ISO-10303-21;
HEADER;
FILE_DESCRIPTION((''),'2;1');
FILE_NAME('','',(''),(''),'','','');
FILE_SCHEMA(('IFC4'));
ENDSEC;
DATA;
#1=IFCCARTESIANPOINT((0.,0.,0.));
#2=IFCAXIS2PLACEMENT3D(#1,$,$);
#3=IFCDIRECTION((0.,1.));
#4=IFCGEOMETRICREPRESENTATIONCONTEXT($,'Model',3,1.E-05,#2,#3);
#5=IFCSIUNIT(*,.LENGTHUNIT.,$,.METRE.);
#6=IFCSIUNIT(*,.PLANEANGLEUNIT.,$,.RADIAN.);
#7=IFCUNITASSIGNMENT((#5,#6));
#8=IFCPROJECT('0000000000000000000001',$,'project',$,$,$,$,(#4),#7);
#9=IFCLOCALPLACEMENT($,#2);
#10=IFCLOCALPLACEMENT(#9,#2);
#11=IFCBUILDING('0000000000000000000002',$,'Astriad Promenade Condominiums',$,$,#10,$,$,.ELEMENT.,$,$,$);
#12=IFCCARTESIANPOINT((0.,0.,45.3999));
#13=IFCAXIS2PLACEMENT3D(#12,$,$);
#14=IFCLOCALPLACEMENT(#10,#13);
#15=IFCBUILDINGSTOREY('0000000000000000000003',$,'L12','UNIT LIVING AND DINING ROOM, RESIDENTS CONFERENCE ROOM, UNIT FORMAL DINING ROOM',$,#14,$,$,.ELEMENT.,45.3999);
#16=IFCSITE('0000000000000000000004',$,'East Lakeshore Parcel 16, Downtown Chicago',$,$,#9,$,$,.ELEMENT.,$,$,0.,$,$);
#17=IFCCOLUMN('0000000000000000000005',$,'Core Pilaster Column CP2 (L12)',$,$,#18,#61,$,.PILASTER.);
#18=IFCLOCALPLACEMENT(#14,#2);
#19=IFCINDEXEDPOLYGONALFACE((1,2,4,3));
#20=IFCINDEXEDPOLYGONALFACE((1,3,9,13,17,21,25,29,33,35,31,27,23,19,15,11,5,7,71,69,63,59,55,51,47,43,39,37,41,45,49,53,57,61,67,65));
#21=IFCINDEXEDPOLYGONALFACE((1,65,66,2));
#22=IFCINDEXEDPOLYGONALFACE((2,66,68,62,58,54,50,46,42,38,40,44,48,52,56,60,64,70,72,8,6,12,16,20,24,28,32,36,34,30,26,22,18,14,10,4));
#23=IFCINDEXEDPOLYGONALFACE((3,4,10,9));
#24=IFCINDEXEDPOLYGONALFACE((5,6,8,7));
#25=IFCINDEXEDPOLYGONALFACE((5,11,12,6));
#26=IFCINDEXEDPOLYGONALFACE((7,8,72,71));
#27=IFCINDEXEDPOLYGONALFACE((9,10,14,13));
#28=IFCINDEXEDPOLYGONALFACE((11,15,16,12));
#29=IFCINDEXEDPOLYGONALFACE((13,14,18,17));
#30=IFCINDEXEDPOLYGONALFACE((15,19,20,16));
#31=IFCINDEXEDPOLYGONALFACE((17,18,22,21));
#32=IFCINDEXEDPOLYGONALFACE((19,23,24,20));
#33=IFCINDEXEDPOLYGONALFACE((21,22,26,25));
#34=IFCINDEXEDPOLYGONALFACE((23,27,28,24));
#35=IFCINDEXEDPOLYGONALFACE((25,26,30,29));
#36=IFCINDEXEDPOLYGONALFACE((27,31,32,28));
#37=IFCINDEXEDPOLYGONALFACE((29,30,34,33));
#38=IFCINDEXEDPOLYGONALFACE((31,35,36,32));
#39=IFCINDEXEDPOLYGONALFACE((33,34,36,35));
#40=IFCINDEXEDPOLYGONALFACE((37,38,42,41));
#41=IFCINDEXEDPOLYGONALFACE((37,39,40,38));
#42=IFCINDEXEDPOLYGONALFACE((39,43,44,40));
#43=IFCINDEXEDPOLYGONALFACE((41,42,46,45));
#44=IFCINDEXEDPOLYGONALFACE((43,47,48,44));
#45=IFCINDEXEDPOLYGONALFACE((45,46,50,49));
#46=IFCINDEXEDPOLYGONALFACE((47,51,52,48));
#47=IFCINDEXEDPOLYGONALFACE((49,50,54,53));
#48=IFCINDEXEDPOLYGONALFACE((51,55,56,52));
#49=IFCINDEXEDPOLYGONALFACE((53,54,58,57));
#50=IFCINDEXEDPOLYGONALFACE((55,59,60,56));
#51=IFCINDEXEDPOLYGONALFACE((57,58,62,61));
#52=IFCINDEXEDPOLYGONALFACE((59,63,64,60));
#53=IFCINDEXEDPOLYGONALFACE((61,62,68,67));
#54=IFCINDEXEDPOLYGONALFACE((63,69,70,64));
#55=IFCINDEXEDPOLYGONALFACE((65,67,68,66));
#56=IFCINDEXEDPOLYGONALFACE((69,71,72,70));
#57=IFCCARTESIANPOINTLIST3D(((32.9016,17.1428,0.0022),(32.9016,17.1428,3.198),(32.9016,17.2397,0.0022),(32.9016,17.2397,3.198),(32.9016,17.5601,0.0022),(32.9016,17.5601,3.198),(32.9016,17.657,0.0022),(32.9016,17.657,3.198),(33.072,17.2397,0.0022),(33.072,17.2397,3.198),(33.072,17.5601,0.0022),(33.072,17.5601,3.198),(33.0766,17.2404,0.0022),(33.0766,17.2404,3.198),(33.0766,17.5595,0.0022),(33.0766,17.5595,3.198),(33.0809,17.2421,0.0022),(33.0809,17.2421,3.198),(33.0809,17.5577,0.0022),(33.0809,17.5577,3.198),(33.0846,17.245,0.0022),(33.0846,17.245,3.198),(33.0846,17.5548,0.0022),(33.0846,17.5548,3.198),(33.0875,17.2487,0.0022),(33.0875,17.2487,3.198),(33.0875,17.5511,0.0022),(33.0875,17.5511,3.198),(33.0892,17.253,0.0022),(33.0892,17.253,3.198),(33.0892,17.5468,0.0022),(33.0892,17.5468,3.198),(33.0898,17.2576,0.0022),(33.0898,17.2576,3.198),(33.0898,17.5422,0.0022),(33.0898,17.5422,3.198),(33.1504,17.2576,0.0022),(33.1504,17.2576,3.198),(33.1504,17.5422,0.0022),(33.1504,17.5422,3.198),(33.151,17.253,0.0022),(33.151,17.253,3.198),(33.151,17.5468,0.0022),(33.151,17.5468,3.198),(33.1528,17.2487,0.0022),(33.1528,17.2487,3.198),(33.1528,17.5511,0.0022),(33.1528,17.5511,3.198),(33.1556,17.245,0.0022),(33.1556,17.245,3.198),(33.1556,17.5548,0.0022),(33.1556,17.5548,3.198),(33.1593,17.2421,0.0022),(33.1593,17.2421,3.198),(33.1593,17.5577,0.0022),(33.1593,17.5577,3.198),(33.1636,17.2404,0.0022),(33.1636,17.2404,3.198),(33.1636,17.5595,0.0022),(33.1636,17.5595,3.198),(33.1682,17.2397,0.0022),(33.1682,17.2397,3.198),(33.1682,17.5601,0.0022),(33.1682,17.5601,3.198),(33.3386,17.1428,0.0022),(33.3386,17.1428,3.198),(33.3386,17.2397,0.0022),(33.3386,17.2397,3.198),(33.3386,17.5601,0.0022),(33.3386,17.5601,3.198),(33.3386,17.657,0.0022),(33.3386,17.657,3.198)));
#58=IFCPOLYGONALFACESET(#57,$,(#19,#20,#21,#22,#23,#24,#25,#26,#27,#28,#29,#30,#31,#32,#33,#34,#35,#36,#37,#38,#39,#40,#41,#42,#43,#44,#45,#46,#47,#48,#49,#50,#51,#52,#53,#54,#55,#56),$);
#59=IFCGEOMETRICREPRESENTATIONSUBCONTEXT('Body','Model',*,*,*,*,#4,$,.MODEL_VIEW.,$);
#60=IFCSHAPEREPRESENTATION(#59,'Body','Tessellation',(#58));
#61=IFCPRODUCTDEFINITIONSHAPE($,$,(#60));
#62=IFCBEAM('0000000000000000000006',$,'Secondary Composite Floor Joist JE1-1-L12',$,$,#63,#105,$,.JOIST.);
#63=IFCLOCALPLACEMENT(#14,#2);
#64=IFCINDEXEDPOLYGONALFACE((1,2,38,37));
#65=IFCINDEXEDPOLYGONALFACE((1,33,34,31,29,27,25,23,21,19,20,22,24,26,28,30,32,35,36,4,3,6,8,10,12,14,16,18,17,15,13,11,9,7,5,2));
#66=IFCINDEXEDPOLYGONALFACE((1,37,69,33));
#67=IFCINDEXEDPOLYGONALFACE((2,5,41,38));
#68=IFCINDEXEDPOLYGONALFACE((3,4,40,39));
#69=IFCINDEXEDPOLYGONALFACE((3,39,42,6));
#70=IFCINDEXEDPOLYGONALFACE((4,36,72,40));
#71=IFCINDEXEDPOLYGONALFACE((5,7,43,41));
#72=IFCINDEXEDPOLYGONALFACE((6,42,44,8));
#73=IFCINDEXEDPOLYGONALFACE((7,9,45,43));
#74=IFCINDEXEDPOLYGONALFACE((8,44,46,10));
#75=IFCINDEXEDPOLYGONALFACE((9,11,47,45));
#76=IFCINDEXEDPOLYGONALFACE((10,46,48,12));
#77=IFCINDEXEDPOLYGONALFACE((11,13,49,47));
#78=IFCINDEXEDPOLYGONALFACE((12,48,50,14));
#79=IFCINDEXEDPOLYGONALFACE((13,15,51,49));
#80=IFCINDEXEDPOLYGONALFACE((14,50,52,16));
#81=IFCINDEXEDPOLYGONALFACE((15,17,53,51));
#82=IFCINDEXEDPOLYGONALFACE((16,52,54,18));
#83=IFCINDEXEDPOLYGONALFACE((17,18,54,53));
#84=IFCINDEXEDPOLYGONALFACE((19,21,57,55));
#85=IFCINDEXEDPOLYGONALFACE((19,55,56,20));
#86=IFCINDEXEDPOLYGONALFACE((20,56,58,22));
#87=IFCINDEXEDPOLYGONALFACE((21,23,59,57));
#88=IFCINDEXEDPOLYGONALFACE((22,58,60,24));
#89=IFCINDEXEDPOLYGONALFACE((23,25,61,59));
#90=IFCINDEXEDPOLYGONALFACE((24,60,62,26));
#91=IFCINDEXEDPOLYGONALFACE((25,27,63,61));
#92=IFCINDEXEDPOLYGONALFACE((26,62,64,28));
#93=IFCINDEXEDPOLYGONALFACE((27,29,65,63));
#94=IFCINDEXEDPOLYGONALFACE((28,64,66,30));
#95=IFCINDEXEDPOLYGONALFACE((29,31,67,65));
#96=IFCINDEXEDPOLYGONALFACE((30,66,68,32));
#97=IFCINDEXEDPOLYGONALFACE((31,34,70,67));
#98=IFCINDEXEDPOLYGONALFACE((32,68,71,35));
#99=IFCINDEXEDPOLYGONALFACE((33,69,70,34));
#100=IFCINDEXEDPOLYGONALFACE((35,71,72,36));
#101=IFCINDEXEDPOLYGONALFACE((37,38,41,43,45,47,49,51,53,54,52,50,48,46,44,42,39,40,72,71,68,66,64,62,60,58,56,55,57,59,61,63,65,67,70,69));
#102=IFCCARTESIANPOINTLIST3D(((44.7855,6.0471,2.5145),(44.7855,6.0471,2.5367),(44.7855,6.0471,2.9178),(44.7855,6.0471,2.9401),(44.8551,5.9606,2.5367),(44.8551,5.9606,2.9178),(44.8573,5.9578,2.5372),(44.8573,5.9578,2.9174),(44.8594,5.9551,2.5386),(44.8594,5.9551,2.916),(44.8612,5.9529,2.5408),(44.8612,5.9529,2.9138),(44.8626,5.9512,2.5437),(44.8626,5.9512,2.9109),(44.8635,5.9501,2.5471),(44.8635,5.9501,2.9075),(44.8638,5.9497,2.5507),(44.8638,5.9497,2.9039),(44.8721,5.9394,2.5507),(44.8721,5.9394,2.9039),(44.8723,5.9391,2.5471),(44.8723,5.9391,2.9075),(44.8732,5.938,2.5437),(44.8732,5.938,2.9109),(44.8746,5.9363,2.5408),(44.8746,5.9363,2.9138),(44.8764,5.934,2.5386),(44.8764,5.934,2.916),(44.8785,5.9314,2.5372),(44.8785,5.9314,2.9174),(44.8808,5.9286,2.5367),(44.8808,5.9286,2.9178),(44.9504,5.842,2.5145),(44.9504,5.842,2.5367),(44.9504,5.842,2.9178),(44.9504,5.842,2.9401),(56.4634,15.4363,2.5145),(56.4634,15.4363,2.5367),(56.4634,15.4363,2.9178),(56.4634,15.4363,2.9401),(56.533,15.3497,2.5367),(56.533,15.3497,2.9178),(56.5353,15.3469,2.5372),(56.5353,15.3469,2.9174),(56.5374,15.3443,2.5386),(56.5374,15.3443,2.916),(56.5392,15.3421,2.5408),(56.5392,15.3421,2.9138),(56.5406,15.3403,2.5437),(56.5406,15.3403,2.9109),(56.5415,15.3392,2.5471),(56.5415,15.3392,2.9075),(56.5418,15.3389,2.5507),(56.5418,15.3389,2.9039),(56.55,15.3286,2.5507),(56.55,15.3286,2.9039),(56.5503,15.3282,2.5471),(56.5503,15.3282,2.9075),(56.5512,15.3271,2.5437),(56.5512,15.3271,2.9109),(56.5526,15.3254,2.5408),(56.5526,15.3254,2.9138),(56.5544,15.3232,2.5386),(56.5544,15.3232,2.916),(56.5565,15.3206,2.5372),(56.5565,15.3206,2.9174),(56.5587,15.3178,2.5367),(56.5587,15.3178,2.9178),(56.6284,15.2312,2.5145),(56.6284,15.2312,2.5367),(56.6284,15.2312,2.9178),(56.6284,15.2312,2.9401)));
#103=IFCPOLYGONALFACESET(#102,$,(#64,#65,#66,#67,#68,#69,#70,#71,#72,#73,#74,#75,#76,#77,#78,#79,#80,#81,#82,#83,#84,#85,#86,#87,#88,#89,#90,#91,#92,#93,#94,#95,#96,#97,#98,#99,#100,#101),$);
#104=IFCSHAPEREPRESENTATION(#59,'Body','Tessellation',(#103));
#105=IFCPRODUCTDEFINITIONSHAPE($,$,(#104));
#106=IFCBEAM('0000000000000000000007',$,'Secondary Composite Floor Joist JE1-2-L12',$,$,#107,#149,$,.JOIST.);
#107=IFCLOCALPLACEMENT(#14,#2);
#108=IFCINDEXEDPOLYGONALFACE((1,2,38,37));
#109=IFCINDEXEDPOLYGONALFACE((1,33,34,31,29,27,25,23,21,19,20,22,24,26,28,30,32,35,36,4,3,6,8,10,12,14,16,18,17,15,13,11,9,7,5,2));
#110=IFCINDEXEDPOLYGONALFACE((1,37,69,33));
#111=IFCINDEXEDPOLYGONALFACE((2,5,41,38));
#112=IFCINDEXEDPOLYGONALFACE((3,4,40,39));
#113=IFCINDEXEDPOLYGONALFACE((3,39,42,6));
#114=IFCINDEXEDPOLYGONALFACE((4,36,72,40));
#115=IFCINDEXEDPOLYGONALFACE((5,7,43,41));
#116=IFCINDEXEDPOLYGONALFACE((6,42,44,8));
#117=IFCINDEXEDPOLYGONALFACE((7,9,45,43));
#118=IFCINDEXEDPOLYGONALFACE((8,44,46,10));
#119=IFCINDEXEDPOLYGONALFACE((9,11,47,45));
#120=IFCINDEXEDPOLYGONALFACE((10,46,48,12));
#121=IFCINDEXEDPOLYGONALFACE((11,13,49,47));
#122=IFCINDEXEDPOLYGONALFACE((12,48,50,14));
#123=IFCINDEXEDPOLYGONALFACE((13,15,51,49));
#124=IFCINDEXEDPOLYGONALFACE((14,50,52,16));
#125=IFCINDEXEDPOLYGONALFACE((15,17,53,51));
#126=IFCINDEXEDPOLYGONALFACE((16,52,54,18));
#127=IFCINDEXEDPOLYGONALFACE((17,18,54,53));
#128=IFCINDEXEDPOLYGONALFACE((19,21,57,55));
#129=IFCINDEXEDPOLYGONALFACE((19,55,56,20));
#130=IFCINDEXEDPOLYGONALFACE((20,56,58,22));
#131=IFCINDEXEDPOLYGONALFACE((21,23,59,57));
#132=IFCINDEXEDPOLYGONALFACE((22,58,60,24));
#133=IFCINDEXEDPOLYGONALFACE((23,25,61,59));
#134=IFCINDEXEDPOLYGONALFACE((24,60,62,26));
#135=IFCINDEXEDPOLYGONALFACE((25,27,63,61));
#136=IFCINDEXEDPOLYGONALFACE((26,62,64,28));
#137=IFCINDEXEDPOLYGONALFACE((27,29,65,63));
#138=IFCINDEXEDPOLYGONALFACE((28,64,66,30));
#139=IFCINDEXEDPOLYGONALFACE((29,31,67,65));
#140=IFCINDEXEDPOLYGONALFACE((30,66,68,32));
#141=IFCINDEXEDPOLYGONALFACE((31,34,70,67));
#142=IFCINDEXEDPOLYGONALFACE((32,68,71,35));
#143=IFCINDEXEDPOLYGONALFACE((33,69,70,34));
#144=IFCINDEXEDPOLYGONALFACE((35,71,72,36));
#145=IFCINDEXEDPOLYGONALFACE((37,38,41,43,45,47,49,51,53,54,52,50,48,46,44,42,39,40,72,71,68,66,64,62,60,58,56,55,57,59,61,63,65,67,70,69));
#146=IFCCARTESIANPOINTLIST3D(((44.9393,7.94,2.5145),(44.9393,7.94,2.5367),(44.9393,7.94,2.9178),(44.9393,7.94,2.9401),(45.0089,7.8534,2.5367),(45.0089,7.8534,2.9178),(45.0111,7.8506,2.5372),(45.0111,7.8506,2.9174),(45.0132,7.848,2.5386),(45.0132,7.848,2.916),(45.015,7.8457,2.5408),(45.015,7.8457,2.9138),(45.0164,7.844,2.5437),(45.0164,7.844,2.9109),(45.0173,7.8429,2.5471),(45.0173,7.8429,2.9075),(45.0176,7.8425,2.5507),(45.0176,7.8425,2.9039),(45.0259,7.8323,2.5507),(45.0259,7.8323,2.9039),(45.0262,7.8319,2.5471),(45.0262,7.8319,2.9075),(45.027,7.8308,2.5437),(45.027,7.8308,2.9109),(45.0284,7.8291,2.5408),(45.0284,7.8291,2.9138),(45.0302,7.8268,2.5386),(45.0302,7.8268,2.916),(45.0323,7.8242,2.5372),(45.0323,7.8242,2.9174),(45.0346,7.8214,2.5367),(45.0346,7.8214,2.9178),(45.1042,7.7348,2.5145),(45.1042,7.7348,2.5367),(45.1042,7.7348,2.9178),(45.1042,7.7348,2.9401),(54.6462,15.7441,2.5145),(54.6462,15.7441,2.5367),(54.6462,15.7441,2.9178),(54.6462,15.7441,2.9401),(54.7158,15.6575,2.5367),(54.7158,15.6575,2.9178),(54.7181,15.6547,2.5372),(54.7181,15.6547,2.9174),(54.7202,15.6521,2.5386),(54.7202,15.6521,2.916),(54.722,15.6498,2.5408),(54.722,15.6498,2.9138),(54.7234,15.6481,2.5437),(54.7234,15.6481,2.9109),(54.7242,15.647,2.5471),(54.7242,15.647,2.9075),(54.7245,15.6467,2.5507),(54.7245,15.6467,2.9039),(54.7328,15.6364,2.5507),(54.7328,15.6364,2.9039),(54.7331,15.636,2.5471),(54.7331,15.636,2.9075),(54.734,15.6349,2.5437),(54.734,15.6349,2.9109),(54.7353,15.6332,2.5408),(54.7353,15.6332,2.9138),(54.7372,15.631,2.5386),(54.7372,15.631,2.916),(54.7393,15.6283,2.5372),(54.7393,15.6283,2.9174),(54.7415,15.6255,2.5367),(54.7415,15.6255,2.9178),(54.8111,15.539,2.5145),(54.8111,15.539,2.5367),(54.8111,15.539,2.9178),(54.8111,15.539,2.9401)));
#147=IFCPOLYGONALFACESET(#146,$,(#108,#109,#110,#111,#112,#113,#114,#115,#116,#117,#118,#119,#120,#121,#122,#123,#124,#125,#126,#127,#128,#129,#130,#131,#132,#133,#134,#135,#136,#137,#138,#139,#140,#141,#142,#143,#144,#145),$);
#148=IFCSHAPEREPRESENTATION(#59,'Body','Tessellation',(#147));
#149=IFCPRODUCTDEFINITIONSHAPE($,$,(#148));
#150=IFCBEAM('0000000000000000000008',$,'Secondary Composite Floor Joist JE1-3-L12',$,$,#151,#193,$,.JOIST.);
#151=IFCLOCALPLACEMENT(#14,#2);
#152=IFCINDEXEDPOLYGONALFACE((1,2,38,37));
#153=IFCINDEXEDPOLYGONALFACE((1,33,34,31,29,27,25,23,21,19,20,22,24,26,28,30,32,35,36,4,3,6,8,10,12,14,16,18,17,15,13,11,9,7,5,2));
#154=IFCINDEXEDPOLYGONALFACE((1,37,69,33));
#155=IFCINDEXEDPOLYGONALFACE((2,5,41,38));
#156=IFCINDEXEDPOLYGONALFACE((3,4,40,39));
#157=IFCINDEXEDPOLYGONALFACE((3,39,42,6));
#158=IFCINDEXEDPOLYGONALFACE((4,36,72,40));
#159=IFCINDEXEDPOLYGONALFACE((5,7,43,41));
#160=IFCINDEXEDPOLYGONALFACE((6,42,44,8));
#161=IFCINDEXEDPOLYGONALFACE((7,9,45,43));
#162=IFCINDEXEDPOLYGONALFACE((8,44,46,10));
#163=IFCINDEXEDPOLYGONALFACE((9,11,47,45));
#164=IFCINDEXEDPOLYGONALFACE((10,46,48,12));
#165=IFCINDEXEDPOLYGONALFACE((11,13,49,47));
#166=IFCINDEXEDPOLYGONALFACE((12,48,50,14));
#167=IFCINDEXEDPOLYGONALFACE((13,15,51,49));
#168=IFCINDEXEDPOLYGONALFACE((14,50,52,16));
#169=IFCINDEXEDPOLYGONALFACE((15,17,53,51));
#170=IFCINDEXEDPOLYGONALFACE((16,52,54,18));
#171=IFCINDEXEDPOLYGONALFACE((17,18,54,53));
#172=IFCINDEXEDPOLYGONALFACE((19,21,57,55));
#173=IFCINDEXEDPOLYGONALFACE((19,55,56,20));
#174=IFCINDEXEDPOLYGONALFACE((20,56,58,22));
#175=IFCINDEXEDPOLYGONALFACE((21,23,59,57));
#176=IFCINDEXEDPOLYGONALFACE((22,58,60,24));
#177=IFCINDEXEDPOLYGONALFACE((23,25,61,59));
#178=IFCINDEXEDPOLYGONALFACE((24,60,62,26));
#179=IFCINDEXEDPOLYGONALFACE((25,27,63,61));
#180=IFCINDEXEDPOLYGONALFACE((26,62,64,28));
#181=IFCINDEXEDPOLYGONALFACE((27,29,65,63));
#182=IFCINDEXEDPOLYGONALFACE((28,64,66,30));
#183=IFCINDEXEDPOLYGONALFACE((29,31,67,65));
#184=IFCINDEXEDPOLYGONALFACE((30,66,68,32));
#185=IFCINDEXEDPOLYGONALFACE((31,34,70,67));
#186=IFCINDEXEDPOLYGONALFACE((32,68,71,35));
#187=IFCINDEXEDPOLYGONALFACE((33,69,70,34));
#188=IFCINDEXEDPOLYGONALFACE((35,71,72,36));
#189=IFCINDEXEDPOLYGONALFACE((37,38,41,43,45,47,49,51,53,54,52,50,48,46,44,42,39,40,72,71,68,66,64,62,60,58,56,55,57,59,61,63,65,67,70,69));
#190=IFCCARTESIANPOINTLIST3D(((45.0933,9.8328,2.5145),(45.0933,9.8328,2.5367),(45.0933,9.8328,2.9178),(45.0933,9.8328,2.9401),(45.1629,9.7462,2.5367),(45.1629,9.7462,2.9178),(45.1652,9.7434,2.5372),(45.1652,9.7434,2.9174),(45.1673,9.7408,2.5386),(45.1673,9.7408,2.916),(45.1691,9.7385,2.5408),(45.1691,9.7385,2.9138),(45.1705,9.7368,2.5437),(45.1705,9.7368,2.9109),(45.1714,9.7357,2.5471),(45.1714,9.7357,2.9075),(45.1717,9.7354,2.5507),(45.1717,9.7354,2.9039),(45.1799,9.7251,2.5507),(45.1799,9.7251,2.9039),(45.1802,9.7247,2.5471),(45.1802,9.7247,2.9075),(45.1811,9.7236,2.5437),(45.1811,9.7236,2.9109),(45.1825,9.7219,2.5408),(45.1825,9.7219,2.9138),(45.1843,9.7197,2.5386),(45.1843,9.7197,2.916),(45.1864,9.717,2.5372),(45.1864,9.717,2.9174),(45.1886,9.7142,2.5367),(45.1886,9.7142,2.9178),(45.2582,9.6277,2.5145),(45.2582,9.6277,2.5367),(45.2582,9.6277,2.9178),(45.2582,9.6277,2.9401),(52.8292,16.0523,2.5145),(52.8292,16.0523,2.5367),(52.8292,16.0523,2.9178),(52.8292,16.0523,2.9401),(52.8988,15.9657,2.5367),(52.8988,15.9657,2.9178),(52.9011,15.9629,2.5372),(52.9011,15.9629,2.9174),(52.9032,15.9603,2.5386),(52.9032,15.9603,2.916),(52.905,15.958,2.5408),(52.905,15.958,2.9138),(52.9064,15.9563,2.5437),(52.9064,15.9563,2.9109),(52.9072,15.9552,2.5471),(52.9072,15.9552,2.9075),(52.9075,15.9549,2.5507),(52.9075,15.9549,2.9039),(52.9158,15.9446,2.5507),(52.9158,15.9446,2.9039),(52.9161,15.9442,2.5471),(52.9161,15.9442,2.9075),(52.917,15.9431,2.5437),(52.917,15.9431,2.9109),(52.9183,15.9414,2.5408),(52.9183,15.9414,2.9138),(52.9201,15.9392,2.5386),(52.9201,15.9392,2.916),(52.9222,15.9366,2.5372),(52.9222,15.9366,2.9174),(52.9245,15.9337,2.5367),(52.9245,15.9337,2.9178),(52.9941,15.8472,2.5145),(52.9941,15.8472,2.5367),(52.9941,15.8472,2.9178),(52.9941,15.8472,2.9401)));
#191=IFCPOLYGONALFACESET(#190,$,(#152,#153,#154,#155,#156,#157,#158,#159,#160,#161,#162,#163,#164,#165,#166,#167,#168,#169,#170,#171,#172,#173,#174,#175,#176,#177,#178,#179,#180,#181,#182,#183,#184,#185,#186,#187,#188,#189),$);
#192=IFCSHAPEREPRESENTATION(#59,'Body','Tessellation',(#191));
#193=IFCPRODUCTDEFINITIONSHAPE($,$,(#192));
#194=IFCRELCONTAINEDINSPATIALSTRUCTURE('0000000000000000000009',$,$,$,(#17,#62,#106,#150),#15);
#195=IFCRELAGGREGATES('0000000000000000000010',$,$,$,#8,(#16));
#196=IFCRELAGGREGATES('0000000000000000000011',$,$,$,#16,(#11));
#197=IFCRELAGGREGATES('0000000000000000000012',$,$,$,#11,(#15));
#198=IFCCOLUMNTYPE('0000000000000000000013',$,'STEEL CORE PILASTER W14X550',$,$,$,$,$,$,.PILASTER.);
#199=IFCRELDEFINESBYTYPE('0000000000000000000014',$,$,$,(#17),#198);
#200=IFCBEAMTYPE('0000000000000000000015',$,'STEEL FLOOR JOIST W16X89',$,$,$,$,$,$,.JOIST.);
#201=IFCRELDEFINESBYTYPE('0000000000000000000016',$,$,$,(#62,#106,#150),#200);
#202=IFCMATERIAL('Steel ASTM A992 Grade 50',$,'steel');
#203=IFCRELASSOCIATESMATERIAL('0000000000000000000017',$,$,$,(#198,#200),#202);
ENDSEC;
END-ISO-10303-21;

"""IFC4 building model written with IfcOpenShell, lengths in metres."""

from ifc_helpers import new_model, si_unit, direction, frame, origin, origin_2d, place, context, subcontext, project, spatial, i_section, extrude, source, transform, mapped, material, material_profile, profile_set, type_object, type_shapes, element, save


model = new_model("IFC4")

# Units and contexts
model_context = context("Model", 3, precision=1e-05, world=origin(), true_north=direction((0.0, 1.0)))
body_context = subcontext(model_context, "Body", "Model", "MODEL_VIEW")
ifc_project = project(units=[si_unit("LENGTHUNIT", "METRE"), si_unit("PLANEANGLEUNIT", "RADIAN")], contexts=[model_context])

# Site, building, storey
site_placement = place(None, origin())
site = spatial("IfcSite", under=ifc_project, at=site_placement, Name="East Lakeshore Parcel 16, Downtown Chicago", CompositionType="ELEMENT", RefElevation=0.0)
building_placement = place(site_placement, origin())
building = spatial("IfcBuilding", under=site, at=building_placement, Name="Astriad Promenade Condominiums", CompositionType="ELEMENT")
storey_placement = place(building_placement, frame((0.0, 0.0, 45.3999)))
storey = spatial("IfcBuildingStorey", under=building, at=storey_placement, Name="L12", Description="UNIT LIVING AND DINING ROOM, RESIDENTS CONFERENCE ROOM, UNIT FORMAL DINING ROOM", CompositionType="ELEMENT", Elevation=45.3999)

# Column
ifc_material_1 = material(Name="Steel ASTM A992 Grade 50", Category="steel")
ifc_material_profile_1 = material_profile(ifc_material_1, i_section(OverallWidth=0.437, OverallDepth=0.5142, WebThickness=0.0605, FlangeThickness=0.0969, FilletRadius=0.0178, at=origin_2d()), Name="W14X550")
ifc_profile_set_1 = profile_set([ifc_material_profile_1], Name="Steel ASTM A992 Grade 50")
column_type = type_object("IfcColumnType", Name="STEEL CORE PILASTER W14X550", PredefinedType="PILASTER", material=ifc_profile_set_1)
shared_shape_1 = source(origin(), body_context, "Body", "SweptSolid", [
    extrude(i_section(OverallWidth=0.437, OverallDepth=0.5142, WebThickness=0.0605, FlangeThickness=0.0969, FilletRadius=0.0178, at=origin_2d()), origin(), (0.0, 0.0, 1.0), 3.1958),
])
type_shapes(column_type, [shared_shape_1])
column_placement = place(storey_placement, frame((33.1201, 17.3999, 0.0022), z_axis=(0.0, 0.0, 1.0), x_axis=(1.0, 0.0, 0.0)))
element("IfcColumn", 1, at=column_placement, inside=storey, type_object=column_type, Name="Core Pilaster Column CP2 (L12)", PredefinedType="PILASTER", context=body_context, shape_type="MappedRepresentation", body=[
    mapped(shared_shape_1, transform((0.0, 0.0, 0.0), scale=1.0)),
])

# Beams
ifc_material_profile_2 = material_profile(ifc_material_1, i_section(OverallWidth=0.2632, OverallDepth=0.4255, WebThickness=0.0132, FlangeThickness=0.0222, FilletRadius=0.0139, at=origin_2d()), Name="W16X89")
ifc_profile_set_2 = profile_set([ifc_material_profile_2], Name="Steel ASTM A992 Grade 50")
beam_type = type_object("IfcBeamType", Name="STEEL FLOOR JOIST W16X89", PredefinedType="JOIST", material=ifc_profile_set_2)
shared_shape_2 = source(origin(), body_context, "Body", "SweptSolid", [
    extrude(i_section(OverallWidth=0.2632, OverallDepth=0.4255, WebThickness=0.0132, FlangeThickness=0.0222, FilletRadius=0.0139, at=origin_2d()), origin(), (0.0, 0.0, 1.0), 14.9844),
])
beam_1_placement = place(storey_placement, frame((44.8679, 5.9446, 2.7273), z_axis=(0.779344, 0.626597, 0.0), x_axis=(-0.626597, 0.779344, 0.0)))
element("IfcBeam", 2, at=beam_1_placement, inside=storey, type_object=beam_type, Name="Secondary Composite Floor Joist JE1-1-L12", PredefinedType="JOIST", context=body_context, shape_type="MappedRepresentation", body=[
    mapped(shared_shape_2, transform((0.0, 0.0, 0.0), scale=1.0)),
])
shared_shape_3 = source(origin(), body_context, "Body", "SweptSolid", [
    extrude(i_section(OverallWidth=0.2632, OverallDepth=0.4255, WebThickness=0.0132, FlangeThickness=0.0222, FilletRadius=0.0139, at=origin_2d()), origin(), (0.0, 0.0, 1.0), 12.4551),
])
beam_2_placement = place(storey_placement, frame((45.0217, 7.8374, 2.7273), z_axis=(0.779356, 0.626582, 0.0), x_axis=(-0.626582, 0.779356, 0.0)))
element("IfcBeam", 3, at=beam_2_placement, inside=storey, type_object=beam_type, Name="Secondary Composite Floor Joist JE1-2-L12", PredefinedType="JOIST", context=body_context, shape_type="MappedRepresentation", body=[
    mapped(shared_shape_3, transform((0.0, 0.0, 0.0), scale=1.0)),
])
shared_shape_4 = source(origin(), body_context, "Body", "SweptSolid", [
    extrude(i_section(OverallWidth=0.2632, OverallDepth=0.4255, WebThickness=0.0132, FlangeThickness=0.0222, FilletRadius=0.0139, at=origin_2d()), origin(), (0.0, 0.0, 1.0), 9.926),
])
beam_3_placement = place(storey_placement, frame((45.1758, 9.7302, 2.7273), z_axis=(0.779352, 0.626586, 0.0), x_axis=(-0.626586, 0.779352, 0.0)))
element("IfcBeam", 4, at=beam_3_placement, inside=storey, type_object=beam_type, Name="Secondary Composite Floor Joist JE1-3-L12", PredefinedType="JOIST", context=body_context, shape_type="MappedRepresentation", body=[
    mapped(shared_shape_4, transform((0.0, 0.0, 0.0), scale=1.0)),
])

save(model, "model.ifc")
